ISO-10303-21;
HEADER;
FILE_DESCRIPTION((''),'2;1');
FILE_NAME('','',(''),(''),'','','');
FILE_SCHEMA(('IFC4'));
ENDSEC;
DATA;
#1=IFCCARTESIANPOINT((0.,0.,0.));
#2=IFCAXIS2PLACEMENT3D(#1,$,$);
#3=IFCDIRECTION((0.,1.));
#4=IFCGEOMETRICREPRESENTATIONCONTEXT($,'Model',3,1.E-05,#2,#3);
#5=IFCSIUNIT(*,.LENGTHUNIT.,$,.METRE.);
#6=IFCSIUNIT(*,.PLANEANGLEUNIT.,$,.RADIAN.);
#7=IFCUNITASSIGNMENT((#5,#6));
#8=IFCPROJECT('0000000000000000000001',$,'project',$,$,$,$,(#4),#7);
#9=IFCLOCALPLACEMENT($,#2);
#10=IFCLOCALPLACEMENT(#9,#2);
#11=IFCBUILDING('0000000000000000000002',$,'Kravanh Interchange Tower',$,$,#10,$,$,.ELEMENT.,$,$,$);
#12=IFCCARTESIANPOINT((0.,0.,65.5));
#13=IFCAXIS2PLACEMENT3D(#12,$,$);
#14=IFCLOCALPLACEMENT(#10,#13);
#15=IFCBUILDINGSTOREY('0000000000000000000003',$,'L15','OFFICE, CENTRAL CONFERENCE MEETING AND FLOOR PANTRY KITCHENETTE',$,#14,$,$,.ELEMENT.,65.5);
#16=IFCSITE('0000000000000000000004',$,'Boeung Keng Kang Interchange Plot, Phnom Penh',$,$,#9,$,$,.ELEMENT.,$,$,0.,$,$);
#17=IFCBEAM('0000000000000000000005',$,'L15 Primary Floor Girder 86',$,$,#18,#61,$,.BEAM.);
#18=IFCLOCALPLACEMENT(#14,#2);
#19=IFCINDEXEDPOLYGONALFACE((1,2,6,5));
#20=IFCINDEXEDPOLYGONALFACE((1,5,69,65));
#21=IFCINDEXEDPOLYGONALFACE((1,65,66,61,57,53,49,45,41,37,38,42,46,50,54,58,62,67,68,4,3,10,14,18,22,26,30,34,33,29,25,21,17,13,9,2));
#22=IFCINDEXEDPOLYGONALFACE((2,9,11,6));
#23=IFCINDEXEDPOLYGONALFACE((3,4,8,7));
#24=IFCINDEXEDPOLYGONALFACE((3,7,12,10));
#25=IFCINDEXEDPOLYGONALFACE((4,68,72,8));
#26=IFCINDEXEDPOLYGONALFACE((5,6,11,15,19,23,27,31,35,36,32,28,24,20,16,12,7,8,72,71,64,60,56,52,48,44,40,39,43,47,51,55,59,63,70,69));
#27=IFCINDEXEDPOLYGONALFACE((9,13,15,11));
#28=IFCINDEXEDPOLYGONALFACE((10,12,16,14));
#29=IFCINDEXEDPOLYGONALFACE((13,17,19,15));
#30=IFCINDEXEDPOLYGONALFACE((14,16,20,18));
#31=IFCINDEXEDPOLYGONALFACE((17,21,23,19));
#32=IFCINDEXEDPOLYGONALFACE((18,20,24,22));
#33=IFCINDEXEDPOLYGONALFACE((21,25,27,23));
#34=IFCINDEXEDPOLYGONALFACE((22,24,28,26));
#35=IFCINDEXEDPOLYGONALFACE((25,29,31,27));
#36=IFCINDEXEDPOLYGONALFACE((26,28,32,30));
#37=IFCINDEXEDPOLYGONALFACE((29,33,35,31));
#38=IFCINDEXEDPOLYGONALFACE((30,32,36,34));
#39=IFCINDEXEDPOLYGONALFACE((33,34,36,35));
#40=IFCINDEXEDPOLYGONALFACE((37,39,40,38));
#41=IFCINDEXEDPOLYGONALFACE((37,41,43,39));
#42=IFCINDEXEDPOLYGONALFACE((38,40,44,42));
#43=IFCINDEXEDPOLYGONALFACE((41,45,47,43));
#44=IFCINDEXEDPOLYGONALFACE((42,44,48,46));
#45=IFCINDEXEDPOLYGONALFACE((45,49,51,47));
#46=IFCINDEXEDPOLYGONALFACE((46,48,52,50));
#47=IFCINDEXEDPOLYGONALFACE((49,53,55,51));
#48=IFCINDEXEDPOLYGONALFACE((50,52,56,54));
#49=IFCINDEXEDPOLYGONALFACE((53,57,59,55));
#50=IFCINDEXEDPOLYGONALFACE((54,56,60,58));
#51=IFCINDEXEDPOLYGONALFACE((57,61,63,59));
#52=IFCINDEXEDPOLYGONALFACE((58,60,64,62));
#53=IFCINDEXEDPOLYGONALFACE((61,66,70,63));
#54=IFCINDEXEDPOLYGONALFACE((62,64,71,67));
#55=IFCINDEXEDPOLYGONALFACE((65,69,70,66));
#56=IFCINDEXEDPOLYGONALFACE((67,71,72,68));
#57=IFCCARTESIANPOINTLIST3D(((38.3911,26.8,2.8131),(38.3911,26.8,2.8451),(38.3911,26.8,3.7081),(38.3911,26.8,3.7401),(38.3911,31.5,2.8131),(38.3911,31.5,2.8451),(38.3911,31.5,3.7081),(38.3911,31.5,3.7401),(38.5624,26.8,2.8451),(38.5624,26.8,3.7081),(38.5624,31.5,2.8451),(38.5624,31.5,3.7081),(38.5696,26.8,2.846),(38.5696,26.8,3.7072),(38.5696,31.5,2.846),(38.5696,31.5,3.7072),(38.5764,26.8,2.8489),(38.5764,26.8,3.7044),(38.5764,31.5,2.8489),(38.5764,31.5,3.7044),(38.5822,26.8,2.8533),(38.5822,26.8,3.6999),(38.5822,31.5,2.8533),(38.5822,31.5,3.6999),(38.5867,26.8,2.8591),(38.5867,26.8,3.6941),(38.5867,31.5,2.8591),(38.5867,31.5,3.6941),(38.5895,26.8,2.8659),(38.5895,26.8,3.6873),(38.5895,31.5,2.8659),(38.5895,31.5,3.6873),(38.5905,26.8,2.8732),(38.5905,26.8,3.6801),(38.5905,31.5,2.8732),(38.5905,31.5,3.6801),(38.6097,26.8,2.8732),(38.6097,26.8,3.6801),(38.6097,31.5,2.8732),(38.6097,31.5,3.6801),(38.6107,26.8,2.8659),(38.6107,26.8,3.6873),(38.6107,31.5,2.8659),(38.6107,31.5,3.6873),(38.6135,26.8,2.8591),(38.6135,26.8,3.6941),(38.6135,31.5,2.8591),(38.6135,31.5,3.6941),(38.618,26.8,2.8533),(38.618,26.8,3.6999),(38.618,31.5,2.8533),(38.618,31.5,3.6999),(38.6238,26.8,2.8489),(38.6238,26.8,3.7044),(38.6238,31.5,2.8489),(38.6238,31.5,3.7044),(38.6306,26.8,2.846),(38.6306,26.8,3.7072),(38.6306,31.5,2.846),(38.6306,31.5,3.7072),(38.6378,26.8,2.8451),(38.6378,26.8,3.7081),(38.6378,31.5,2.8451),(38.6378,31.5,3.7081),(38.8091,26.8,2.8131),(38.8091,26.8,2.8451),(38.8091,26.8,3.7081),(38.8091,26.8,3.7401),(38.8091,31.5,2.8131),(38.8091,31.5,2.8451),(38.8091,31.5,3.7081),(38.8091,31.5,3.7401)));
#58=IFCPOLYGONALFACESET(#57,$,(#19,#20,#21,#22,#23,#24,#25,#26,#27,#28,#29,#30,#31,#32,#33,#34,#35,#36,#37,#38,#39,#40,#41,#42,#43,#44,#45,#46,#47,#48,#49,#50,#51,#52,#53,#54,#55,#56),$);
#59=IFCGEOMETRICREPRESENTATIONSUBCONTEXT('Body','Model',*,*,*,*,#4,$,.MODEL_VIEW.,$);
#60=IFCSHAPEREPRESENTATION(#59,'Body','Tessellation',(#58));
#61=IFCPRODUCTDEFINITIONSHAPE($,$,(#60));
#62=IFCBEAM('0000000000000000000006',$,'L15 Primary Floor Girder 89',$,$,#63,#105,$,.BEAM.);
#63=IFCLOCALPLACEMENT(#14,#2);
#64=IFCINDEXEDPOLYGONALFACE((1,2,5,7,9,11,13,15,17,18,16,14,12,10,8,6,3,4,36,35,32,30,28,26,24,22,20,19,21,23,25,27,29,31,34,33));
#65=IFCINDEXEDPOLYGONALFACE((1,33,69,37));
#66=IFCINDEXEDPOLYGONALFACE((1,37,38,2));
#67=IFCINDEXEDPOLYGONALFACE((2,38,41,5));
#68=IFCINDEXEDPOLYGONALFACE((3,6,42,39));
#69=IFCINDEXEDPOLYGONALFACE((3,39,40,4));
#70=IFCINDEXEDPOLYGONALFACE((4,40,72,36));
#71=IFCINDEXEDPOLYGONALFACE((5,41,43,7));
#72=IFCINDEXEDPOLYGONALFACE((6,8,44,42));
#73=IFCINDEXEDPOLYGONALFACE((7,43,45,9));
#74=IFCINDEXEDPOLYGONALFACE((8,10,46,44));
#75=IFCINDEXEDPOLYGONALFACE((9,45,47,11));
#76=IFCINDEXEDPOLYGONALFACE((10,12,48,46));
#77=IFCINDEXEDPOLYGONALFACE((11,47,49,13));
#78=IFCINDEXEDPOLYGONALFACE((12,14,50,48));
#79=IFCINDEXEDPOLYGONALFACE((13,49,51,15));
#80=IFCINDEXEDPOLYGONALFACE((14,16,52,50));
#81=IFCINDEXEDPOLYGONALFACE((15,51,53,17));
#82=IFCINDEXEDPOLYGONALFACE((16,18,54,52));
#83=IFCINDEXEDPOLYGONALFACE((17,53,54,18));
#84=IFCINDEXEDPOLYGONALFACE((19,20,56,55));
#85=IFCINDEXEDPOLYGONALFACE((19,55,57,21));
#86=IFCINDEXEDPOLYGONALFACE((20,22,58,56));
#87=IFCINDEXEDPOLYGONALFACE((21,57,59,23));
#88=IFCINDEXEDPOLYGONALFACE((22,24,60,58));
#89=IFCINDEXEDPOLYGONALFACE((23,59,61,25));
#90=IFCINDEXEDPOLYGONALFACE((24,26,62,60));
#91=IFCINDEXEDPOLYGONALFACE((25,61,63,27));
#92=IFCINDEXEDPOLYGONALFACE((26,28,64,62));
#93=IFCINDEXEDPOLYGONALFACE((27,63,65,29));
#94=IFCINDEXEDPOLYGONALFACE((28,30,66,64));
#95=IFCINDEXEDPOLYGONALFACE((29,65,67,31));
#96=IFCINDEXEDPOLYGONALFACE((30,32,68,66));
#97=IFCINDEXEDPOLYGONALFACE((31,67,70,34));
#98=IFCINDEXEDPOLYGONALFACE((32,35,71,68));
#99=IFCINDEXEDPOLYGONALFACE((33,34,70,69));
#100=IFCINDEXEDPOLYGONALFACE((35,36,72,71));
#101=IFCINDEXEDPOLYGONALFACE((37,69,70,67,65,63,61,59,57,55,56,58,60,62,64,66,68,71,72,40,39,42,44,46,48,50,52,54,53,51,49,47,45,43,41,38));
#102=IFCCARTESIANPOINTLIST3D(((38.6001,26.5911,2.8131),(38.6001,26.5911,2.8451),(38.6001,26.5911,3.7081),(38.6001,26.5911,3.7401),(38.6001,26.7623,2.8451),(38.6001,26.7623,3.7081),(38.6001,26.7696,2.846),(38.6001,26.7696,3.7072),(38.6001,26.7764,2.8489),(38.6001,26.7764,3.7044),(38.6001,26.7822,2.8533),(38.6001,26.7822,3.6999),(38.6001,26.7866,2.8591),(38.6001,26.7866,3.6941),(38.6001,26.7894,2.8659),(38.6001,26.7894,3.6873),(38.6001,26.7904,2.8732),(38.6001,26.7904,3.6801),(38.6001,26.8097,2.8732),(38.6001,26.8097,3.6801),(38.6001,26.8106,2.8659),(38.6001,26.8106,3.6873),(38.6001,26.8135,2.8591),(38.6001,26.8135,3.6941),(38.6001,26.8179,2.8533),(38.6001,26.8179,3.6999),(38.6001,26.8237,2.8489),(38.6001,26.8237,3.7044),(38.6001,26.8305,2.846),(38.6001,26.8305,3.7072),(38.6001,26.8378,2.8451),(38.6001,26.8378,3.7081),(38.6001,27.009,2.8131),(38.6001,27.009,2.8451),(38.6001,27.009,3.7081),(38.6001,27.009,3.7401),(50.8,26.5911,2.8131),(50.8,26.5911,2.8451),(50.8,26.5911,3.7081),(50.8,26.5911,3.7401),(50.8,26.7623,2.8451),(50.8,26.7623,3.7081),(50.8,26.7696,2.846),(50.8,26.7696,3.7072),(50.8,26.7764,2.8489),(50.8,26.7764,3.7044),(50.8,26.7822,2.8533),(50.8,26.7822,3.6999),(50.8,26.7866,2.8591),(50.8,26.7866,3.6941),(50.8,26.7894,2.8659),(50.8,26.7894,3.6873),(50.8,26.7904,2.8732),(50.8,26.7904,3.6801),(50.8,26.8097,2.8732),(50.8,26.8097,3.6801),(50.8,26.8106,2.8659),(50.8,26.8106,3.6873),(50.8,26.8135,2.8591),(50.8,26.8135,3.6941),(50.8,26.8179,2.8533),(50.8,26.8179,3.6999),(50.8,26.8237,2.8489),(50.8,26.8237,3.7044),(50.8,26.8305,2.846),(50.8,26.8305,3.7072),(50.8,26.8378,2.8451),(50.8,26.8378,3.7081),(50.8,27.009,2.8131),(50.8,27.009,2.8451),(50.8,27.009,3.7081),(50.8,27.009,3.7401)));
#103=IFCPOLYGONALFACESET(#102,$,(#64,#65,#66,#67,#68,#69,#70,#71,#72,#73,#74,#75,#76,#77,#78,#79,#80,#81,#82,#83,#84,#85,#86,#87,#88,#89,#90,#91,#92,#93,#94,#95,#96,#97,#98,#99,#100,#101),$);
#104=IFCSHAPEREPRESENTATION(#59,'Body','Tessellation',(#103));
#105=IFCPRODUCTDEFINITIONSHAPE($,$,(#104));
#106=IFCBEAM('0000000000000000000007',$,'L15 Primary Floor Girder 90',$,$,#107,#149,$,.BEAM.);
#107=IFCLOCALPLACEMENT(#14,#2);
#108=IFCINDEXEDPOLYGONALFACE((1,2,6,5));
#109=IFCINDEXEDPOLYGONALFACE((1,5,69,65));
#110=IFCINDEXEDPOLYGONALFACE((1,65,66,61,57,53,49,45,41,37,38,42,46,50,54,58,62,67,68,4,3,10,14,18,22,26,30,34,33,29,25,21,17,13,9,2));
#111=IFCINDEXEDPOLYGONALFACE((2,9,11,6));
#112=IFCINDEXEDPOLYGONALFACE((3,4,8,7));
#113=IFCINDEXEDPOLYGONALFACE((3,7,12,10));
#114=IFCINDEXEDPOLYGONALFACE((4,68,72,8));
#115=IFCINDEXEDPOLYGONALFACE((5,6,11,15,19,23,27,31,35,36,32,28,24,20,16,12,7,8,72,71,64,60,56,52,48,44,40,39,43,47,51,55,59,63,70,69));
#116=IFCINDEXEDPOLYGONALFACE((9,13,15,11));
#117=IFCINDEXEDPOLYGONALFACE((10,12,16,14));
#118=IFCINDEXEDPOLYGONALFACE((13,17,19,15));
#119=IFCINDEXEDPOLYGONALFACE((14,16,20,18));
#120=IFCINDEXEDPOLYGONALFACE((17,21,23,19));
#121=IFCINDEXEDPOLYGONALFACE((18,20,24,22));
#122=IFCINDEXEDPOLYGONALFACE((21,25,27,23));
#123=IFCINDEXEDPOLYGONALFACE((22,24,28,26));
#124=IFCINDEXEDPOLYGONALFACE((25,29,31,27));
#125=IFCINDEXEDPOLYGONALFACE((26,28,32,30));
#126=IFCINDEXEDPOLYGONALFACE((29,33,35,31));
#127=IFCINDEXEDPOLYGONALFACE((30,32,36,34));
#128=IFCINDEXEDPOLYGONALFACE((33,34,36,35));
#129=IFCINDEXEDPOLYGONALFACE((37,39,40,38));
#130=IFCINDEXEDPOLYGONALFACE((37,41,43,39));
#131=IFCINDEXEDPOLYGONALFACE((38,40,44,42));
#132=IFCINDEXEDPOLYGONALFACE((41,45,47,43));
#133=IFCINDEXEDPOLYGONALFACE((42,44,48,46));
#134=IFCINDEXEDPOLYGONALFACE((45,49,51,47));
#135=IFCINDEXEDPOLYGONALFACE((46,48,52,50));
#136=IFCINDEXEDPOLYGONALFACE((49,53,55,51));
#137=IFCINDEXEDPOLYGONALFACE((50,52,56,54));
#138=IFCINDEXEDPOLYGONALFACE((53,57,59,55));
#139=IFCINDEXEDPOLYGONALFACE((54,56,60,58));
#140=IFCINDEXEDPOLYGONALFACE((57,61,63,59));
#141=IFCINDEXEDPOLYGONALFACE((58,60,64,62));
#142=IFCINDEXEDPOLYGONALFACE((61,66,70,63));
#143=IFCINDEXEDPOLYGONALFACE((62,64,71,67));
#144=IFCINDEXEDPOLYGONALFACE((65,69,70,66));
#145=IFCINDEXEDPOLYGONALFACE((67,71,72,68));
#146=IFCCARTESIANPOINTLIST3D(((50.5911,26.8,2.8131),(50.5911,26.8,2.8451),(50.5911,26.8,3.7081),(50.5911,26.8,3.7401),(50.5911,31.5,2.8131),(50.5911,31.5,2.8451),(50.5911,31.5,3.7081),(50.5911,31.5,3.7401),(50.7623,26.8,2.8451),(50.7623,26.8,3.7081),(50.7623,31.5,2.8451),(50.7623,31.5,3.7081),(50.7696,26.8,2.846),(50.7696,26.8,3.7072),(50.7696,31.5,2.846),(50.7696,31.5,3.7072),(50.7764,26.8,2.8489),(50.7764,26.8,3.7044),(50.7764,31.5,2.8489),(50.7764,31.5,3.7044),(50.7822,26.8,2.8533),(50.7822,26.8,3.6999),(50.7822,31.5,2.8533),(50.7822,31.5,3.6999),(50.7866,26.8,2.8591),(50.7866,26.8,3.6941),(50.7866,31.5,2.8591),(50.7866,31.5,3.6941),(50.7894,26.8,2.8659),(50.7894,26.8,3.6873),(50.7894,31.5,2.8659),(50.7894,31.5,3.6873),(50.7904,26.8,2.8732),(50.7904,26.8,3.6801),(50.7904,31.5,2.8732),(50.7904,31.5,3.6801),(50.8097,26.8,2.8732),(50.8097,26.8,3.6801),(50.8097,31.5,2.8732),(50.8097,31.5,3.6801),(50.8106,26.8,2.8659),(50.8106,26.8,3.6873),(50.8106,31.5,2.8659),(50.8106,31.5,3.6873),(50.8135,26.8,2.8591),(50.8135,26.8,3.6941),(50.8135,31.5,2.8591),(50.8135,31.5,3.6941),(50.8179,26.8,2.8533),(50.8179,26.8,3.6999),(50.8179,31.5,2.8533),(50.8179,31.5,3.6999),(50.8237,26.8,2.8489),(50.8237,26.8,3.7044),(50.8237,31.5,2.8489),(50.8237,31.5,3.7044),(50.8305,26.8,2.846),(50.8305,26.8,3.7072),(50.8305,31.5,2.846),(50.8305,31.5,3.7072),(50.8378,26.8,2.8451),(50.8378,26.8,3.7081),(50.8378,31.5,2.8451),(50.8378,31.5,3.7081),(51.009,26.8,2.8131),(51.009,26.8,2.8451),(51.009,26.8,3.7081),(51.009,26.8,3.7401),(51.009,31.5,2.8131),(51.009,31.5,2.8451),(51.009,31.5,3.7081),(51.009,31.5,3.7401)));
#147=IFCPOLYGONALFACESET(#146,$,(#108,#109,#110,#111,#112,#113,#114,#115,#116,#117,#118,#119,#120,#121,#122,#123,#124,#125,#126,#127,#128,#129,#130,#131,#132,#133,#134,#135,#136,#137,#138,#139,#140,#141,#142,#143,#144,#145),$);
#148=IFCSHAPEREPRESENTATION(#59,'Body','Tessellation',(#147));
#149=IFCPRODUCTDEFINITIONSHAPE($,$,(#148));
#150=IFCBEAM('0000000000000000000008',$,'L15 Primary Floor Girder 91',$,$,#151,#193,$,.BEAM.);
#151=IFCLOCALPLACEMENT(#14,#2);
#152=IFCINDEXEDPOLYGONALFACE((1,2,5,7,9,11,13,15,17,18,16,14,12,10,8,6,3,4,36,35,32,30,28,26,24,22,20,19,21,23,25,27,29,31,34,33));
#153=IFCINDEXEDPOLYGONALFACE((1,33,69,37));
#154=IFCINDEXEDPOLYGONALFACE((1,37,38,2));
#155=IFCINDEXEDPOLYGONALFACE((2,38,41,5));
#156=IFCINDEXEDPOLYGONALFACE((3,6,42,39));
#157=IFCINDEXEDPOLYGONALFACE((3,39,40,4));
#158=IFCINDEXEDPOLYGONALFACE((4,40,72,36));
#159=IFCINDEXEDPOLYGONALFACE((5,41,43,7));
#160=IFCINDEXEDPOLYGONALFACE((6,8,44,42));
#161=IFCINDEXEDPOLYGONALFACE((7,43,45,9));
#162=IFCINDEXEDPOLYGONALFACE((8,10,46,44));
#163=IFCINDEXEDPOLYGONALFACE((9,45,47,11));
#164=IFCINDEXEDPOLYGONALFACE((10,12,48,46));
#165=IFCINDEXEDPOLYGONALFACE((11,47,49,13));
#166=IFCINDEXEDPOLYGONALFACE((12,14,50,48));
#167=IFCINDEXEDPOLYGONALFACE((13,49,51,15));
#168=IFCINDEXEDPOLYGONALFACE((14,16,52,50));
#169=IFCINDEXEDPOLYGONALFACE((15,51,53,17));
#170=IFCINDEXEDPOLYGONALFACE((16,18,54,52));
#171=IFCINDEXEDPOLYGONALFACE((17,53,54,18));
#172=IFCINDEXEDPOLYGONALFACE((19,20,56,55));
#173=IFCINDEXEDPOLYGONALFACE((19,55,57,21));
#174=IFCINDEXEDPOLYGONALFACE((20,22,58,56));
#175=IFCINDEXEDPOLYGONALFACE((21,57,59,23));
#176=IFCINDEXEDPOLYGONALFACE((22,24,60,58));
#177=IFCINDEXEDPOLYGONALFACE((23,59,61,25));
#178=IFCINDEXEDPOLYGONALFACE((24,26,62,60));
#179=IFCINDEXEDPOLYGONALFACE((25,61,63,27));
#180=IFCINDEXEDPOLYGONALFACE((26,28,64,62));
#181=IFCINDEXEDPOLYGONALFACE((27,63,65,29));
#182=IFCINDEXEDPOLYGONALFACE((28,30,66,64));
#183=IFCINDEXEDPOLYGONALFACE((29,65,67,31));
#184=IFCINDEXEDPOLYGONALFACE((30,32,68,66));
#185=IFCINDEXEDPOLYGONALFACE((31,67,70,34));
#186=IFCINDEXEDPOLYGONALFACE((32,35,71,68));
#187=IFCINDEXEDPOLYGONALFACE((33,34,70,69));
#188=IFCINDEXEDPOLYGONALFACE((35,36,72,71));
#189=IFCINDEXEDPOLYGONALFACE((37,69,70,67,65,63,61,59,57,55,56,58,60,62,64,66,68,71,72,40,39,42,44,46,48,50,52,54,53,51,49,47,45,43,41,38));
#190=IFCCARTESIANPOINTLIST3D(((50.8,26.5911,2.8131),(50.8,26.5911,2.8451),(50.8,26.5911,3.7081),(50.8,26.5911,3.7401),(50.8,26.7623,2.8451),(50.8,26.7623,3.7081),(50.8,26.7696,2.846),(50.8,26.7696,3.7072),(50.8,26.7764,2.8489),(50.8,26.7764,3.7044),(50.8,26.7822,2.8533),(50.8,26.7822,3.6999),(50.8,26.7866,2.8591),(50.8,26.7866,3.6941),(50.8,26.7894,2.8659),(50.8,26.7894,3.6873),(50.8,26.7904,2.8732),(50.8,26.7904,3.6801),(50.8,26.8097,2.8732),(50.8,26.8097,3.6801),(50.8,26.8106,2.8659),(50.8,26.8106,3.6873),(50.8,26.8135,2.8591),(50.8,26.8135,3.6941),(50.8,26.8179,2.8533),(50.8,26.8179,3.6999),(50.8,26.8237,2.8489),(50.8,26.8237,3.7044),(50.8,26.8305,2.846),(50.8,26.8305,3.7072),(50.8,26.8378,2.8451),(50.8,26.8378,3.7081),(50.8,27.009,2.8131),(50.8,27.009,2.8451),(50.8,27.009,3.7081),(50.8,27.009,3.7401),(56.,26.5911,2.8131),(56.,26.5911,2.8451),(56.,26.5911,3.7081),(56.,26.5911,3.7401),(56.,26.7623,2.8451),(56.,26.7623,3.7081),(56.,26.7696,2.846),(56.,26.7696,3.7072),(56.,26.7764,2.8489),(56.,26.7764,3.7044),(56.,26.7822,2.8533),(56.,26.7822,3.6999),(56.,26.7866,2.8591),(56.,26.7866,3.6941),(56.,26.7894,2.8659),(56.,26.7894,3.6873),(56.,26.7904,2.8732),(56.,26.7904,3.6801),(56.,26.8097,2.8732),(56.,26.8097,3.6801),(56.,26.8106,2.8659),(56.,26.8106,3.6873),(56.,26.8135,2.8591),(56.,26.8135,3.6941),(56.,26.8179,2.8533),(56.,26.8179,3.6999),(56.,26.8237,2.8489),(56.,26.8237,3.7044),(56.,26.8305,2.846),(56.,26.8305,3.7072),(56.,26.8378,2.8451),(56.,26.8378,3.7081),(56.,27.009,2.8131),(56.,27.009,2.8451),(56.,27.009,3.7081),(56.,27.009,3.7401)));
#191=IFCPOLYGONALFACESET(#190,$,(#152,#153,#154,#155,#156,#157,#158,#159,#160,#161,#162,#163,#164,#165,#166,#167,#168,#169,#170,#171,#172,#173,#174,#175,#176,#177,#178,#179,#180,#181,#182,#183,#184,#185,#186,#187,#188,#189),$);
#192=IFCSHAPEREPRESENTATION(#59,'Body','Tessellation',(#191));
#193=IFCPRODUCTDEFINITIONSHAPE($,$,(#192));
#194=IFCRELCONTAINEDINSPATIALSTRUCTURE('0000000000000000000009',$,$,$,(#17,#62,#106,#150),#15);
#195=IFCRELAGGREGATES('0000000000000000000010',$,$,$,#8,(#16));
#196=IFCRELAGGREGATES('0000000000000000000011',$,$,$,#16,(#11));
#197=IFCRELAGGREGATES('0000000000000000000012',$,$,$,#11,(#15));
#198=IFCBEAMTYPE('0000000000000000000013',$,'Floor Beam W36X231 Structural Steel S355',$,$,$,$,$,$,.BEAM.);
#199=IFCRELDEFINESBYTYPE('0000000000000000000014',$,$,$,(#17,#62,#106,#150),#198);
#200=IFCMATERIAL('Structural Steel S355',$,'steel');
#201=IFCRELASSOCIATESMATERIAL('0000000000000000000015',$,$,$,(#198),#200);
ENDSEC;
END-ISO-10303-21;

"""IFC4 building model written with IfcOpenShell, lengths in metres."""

from ifc_helpers import new_model, si_unit, direction, frame, origin, origin_2d, place, context, subcontext, project, spatial, i_section, extrude, material, material_profile, profile_set, type_object, element, save


model = new_model("IFC4")

# Units and contexts
model_context = context("Model", 3, precision=1e-05, world=origin(), true_north=direction((0.0, 1.0)))
body_context = subcontext(model_context, "Body", "Model", "MODEL_VIEW")
ifc_project = project(units=[si_unit("LENGTHUNIT", "METRE"), si_unit("PLANEANGLEUNIT", "RADIAN")], contexts=[model_context])

# Site, building, storey
site_placement = place(None, origin())
site = spatial("IfcSite", under=ifc_project, at=site_placement, Name="Boeung Keng Kang Interchange Plot, Phnom Penh", CompositionType="ELEMENT", RefElevation=0.0)
building_placement = place(site_placement, origin())
building = spatial("IfcBuilding", under=site, at=building_placement, Name="Kravanh Interchange Tower", CompositionType="ELEMENT")
storey_placement = place(building_placement, frame((0.0, 0.0, 65.5)))
storey = spatial("IfcBuildingStorey", under=building, at=storey_placement, Name="L15", Description="OFFICE, CENTRAL CONFERENCE MEETING AND FLOOR PANTRY KITCHENETTE", CompositionType="ELEMENT", Elevation=65.5)

# Beams
ifc_material_1 = material(Name="Structural Steel S355", Category="steel")
ifc_material_profile_1 = material_profile(ifc_material_1, i_section(OverallWidth=0.418, OverallDepth=0.927, WebThickness=0.0193, FlangeThickness=0.032, FilletRadius=0.0281, at=origin_2d()), Name="W36X231")
ifc_profile_set_1 = profile_set([ifc_material_profile_1], Name="Structural Steel S355")
beam_type_1 = type_object("IfcBeamType", Name="Floor Beam W36X231 Structural Steel S355", PredefinedType="BEAM", material=ifc_profile_set_1)
beam_1_placement = place(storey_placement, frame((38.6001, 26.8, 3.2766), z_axis=(0.0, 1.0, 0.0), x_axis=(-1.0, 0.0, 0.0)))
element("IfcBeam", 1, at=beam_1_placement, inside=storey, type_object=beam_type_1, Name="L15 Primary Floor Girder 86", PredefinedType="BEAM", context=body_context, shape_type="SweptSolid", body=[
    extrude(i_section(OverallWidth=0.418, OverallDepth=0.927, WebThickness=0.0193, FlangeThickness=0.032, FilletRadius=0.0281, at=origin_2d()), origin(), (0.0, 0.0, 1.0), 4.7),
])
beam_2_placement = place(storey_placement, frame((38.6001, 26.8, 3.2766), z_axis=(1.0, 0.0, 0.0), x_axis=(0.0, 1.0, 0.0)))
element("IfcBeam", 2, at=beam_2_placement, inside=storey, type_object=beam_type_1, Name="L15 Primary Floor Girder 89", PredefinedType="BEAM", context=body_context, shape_type="SweptSolid", body=[
    extrude(i_section(OverallWidth=0.418, OverallDepth=0.927, WebThickness=0.0193, FlangeThickness=0.032, FilletRadius=0.0281, at=origin_2d()), origin(), (0.0, 0.0, 1.0), 12.2),
])
beam_3_placement = place(storey_placement, frame((50.8, 26.8, 3.2766), z_axis=(0.0, 1.0, 0.0), x_axis=(-1.0, 0.0, 0.0)))
element("IfcBeam", 3, at=beam_3_placement, inside=storey, type_object=beam_type_1, Name="L15 Primary Floor Girder 90", PredefinedType="BEAM", context=body_context, shape_type="SweptSolid", body=[
    extrude(i_section(OverallWidth=0.418, OverallDepth=0.927, WebThickness=0.0193, FlangeThickness=0.032, FilletRadius=0.0281, at=origin_2d()), origin(), (0.0, 0.0, 1.0), 4.7),
])
beam_4_placement = place(storey_placement, frame((50.8, 26.8, 3.2766), z_axis=(1.0, 0.0, 0.0), x_axis=(0.0, 1.0, 0.0)))
element("IfcBeam", 4, at=beam_4_placement, inside=storey, type_object=beam_type_1, Name="L15 Primary Floor Girder 91", PredefinedType="BEAM", context=body_context, shape_type="SweptSolid", body=[
    extrude(i_section(OverallWidth=0.418, OverallDepth=0.927, WebThickness=0.0193, FlangeThickness=0.032, FilletRadius=0.0281, at=origin_2d()), origin(), (0.0, 0.0, 1.0), 5.2),
])

save(model, "model.ifc")
